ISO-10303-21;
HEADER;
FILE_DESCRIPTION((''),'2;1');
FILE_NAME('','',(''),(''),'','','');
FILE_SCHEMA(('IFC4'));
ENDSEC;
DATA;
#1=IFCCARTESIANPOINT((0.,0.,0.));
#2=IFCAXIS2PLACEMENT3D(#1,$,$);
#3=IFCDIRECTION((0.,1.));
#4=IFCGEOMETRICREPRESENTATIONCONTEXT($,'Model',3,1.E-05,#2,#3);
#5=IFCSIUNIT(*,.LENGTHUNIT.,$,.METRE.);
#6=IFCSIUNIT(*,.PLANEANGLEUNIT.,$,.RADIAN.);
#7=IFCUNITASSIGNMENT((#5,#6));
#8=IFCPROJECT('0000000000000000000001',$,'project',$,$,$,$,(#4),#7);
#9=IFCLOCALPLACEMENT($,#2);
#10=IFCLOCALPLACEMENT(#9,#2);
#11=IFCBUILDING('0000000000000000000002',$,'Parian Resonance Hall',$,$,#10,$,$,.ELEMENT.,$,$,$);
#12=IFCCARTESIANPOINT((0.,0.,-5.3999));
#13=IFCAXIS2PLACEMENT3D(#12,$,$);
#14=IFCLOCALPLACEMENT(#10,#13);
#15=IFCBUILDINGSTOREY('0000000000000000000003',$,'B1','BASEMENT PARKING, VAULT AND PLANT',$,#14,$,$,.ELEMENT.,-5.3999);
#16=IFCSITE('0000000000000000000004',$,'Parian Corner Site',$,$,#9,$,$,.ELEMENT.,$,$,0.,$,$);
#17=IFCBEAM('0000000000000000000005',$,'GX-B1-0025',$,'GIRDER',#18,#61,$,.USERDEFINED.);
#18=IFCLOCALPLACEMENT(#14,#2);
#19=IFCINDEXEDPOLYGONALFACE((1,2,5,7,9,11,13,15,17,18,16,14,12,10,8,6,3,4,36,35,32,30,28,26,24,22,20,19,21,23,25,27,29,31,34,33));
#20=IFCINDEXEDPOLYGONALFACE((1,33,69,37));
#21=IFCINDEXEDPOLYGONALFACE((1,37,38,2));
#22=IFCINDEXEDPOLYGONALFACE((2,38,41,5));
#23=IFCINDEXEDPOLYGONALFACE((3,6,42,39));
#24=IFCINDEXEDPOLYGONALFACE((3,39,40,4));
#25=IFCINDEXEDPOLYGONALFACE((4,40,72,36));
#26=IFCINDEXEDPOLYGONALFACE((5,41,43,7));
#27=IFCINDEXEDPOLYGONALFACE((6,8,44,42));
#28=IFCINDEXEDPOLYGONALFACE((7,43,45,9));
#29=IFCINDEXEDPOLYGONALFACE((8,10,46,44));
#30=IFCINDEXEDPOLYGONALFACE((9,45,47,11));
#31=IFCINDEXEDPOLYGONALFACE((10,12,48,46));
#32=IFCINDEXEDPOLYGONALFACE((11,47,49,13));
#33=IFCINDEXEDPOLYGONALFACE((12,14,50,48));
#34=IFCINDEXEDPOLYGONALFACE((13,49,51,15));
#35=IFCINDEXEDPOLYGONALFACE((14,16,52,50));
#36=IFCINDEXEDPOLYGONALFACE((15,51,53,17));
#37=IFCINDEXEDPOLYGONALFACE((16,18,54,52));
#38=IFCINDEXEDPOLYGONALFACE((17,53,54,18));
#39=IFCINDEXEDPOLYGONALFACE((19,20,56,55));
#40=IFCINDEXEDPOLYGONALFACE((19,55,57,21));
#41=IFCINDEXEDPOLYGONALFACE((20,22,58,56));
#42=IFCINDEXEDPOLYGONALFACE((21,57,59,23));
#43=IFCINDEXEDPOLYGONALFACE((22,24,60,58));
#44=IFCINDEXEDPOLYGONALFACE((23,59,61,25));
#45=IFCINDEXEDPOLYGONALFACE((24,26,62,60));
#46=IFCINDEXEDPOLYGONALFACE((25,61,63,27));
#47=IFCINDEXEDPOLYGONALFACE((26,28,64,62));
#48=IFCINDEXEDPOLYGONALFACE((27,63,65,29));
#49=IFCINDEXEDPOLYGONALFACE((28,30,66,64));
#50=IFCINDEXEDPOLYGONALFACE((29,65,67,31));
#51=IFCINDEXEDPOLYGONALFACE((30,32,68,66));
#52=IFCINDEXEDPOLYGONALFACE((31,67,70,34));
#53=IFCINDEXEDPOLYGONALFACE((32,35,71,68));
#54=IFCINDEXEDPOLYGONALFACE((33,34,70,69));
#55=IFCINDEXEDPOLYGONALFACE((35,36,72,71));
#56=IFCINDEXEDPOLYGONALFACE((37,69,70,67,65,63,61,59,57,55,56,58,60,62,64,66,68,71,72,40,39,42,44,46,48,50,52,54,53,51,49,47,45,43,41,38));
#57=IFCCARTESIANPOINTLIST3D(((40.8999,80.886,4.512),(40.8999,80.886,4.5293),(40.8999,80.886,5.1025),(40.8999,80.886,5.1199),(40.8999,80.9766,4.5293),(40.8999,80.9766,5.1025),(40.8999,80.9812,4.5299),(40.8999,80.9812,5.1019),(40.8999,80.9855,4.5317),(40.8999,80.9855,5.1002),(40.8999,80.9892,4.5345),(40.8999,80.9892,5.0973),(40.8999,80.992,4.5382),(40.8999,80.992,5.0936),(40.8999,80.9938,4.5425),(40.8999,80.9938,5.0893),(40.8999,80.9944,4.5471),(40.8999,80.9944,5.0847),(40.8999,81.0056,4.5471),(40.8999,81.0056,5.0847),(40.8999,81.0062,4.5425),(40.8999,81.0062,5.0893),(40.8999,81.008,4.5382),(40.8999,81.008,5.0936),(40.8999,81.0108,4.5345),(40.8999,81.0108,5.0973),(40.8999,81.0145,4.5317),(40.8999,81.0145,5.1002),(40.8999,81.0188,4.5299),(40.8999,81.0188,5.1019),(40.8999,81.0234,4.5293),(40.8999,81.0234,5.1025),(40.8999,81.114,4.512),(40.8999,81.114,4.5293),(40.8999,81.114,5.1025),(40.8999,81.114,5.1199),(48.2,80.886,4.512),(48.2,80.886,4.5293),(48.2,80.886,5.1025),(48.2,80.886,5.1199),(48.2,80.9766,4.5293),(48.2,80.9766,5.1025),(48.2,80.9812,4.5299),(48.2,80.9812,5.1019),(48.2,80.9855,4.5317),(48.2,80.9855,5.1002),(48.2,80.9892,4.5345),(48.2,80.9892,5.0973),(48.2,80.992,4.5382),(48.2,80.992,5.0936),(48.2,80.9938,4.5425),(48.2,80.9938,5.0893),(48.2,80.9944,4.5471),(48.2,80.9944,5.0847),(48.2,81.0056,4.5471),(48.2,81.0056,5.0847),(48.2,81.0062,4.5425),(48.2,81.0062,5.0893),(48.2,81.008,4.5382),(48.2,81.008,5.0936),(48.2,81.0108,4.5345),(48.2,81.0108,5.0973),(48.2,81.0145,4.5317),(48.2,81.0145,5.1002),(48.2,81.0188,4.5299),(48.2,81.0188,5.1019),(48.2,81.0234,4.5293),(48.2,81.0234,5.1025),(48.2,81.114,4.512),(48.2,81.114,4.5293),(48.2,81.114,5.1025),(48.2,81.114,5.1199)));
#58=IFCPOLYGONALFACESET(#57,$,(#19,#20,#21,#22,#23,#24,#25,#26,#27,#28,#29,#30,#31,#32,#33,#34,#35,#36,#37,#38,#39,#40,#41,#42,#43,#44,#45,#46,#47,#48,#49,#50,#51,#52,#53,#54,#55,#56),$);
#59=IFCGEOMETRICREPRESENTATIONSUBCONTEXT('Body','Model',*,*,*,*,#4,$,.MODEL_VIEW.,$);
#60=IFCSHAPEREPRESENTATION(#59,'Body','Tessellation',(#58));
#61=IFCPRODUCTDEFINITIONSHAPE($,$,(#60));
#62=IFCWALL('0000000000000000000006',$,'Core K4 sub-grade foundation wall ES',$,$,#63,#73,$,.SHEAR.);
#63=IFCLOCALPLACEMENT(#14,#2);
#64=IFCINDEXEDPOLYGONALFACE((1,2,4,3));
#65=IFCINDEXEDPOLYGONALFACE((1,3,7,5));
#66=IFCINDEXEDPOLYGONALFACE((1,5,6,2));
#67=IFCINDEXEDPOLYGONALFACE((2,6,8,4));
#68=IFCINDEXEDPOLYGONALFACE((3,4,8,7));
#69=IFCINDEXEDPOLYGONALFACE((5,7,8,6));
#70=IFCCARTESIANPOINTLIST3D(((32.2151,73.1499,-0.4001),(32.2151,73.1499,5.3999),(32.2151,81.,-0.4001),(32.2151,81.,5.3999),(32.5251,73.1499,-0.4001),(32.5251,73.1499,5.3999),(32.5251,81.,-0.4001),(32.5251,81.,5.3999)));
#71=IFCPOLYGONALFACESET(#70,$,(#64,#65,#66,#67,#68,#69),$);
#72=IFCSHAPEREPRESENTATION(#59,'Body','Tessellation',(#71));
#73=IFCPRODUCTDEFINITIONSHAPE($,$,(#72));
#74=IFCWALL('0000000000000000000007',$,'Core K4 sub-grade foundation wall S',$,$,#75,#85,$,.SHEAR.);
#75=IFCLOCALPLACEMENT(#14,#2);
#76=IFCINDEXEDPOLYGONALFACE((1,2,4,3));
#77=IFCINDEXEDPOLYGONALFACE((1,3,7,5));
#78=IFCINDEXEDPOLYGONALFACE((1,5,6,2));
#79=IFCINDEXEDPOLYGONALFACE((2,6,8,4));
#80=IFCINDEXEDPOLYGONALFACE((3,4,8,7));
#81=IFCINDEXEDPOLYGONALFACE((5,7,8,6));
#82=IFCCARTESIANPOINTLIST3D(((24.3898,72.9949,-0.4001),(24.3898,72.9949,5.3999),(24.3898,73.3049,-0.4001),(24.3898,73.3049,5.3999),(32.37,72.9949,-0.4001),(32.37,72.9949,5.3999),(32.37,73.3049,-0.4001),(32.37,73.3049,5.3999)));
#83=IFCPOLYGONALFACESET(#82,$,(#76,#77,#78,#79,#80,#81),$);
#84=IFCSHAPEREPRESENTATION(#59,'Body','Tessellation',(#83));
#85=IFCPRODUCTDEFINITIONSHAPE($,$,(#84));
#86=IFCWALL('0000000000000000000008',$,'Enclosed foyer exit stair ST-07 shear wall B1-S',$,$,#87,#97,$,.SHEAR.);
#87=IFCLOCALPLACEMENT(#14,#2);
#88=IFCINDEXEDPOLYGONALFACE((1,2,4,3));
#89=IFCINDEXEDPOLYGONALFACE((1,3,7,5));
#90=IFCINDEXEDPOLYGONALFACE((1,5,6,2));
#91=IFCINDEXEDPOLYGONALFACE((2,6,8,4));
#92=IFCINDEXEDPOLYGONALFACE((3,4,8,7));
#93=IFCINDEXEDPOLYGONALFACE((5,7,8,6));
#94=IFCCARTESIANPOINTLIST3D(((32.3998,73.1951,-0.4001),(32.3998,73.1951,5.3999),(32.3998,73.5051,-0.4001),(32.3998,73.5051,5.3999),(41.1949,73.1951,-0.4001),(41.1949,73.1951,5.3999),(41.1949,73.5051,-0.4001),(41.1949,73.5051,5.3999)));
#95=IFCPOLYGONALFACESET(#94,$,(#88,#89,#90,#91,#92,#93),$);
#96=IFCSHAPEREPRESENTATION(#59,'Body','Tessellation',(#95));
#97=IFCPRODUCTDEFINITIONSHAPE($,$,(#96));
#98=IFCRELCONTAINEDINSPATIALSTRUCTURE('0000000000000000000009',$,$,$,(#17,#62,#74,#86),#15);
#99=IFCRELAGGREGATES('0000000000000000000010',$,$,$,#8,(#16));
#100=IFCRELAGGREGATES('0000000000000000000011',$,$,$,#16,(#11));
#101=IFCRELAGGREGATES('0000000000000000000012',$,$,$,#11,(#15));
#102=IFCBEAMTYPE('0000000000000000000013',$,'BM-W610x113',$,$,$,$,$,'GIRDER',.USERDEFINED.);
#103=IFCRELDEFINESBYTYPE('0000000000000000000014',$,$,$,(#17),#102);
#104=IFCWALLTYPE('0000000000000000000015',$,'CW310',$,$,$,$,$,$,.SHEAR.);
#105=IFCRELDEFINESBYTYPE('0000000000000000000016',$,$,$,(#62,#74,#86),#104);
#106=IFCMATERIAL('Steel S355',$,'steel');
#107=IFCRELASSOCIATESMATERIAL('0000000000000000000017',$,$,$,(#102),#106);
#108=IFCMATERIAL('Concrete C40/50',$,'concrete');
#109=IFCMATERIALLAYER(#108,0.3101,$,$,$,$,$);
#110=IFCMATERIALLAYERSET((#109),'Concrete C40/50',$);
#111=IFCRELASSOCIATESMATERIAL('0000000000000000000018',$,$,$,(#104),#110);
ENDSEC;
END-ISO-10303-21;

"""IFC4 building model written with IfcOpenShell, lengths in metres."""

from ifc_helpers import new_model, si_unit, direction, frame, frame_2d, origin, origin_2d, place, context, subcontext, project, spatial, rectangle, i_section, extrude, material, layer, layer_set, material_profile, profile_set, type_object, element, save


model = new_model("IFC4")

# Units and contexts
model_context = context("Model", 3, precision=1e-05, world=origin(), true_north=direction((0.0, 1.0)))
body_context = subcontext(model_context, "Body", "Model", "MODEL_VIEW")
ifc_project = project(units=[si_unit("LENGTHUNIT", "METRE"), si_unit("PLANEANGLEUNIT", "RADIAN")], contexts=[model_context])

# Site, building, storey
site_placement = place(None, origin())
site = spatial("IfcSite", under=ifc_project, at=site_placement, Name="Parian Corner Site", CompositionType="ELEMENT", RefElevation=0.0)
building_placement = place(site_placement, origin())
building = spatial("IfcBuilding", under=site, at=building_placement, Name="Parian Resonance Hall", CompositionType="ELEMENT")
storey_placement = place(building_placement, frame((0.0, 0.0, -5.3999)))
storey = spatial("IfcBuildingStorey", under=building, at=storey_placement, Name="B1", Description="BASEMENT PARKING, VAULT AND PLANT", CompositionType="ELEMENT", Elevation=-5.3999)

# Beam
ifc_material_1 = material(Name="Steel S355", Category="steel")
ifc_material_profile_1 = material_profile(ifc_material_1, i_section(OverallWidth=0.228, OverallDepth=0.6079, WebThickness=0.0112, FlangeThickness=0.0173, FilletRadius=0.0178, at=origin_2d()), Name="W610x113")
ifc_profile_set_1 = profile_set([ifc_material_profile_1], Name="Steel S355")
beam_type_1 = type_object("IfcBeamType", Name="BM-W610x113", ElementType="GIRDER", PredefinedType="USERDEFINED", material=ifc_profile_set_1)
beam_1_placement = place(storey_placement, frame((40.8999, 81.0, 4.8159), z_axis=(1.0, 0.0, 0.0), x_axis=(0.0, 1.0, 0.0)))
element("IfcBeam", 1, at=beam_1_placement, inside=storey, type_object=beam_type_1, Name="GX-B1-0025", ObjectType="GIRDER", PredefinedType="USERDEFINED", context=body_context, shape_type="SweptSolid", body=[
    extrude(i_section(OverallWidth=0.228, OverallDepth=0.6079, WebThickness=0.0112, FlangeThickness=0.0173, FilletRadius=0.0178, at=origin_2d()), origin(), (0.0, 0.0, 1.0), 7.3),
])

# Walls
ifc_material_2 = material(Name="Concrete C40/50", Category="concrete")
ifc_layer = layer(ifc_material_2, 0.3101)
ifc_layer_set = layer_set([ifc_layer], Name="Concrete C40/50")
wall_type = type_object("IfcWallType", Name="CW310", PredefinedType="SHEAR", material=ifc_layer_set)
wall_1_placement = place(storey_placement, frame((32.3701, 81.0, -0.4001), z_axis=(0.0, 0.0, 1.0), x_axis=(0.0, -1.0, 0.0)))
element("IfcWall", 2, at=wall_1_placement, inside=storey, type_object=wall_type, Name="Core K4 sub-grade foundation wall ES", PredefinedType="SHEAR", context=body_context, shape_type="SweptSolid", body=[
    extrude(rectangle(XDim=7.8501, YDim=0.3101, at=frame_2d((3.925, 0.0))), origin(), (0.0, 0.0, 1.0), 5.8),
])
wall_2_placement = place(storey_placement, frame((32.3701, 73.1499, -0.4001), z_axis=(0.0, 0.0, 1.0), x_axis=(-1.0, 0.0, 0.0)))
element("IfcWall", 3, at=wall_2_placement, inside=storey, type_object=wall_type, Name="Core K4 sub-grade foundation wall S", PredefinedType="SHEAR", context=body_context, shape_type="SweptSolid", body=[
    extrude(rectangle(XDim=7.9802, YDim=0.3101, at=frame_2d((3.9902, 0.0))), origin(), (0.0, 0.0, 1.0), 5.8),
])
wall_3_placement = place(storey_placement, frame((32.3999, 73.3501, -0.4001), z_axis=(0.0, 0.0, 1.0), x_axis=(1.0, 0.0, 0.0)))
element("IfcWall", 4, at=wall_3_placement, inside=storey, type_object=wall_type, Name="Enclosed foyer exit stair ST-07 shear wall B1-S", PredefinedType="SHEAR", context=body_context, shape_type="SweptSolid", body=[
    extrude(rectangle(XDim=8.7952, YDim=0.3101, at=frame_2d((4.3975, 0.0))), origin(), (0.0, 0.0, 1.0), 5.8),
])

save(model, "model.ifc")
